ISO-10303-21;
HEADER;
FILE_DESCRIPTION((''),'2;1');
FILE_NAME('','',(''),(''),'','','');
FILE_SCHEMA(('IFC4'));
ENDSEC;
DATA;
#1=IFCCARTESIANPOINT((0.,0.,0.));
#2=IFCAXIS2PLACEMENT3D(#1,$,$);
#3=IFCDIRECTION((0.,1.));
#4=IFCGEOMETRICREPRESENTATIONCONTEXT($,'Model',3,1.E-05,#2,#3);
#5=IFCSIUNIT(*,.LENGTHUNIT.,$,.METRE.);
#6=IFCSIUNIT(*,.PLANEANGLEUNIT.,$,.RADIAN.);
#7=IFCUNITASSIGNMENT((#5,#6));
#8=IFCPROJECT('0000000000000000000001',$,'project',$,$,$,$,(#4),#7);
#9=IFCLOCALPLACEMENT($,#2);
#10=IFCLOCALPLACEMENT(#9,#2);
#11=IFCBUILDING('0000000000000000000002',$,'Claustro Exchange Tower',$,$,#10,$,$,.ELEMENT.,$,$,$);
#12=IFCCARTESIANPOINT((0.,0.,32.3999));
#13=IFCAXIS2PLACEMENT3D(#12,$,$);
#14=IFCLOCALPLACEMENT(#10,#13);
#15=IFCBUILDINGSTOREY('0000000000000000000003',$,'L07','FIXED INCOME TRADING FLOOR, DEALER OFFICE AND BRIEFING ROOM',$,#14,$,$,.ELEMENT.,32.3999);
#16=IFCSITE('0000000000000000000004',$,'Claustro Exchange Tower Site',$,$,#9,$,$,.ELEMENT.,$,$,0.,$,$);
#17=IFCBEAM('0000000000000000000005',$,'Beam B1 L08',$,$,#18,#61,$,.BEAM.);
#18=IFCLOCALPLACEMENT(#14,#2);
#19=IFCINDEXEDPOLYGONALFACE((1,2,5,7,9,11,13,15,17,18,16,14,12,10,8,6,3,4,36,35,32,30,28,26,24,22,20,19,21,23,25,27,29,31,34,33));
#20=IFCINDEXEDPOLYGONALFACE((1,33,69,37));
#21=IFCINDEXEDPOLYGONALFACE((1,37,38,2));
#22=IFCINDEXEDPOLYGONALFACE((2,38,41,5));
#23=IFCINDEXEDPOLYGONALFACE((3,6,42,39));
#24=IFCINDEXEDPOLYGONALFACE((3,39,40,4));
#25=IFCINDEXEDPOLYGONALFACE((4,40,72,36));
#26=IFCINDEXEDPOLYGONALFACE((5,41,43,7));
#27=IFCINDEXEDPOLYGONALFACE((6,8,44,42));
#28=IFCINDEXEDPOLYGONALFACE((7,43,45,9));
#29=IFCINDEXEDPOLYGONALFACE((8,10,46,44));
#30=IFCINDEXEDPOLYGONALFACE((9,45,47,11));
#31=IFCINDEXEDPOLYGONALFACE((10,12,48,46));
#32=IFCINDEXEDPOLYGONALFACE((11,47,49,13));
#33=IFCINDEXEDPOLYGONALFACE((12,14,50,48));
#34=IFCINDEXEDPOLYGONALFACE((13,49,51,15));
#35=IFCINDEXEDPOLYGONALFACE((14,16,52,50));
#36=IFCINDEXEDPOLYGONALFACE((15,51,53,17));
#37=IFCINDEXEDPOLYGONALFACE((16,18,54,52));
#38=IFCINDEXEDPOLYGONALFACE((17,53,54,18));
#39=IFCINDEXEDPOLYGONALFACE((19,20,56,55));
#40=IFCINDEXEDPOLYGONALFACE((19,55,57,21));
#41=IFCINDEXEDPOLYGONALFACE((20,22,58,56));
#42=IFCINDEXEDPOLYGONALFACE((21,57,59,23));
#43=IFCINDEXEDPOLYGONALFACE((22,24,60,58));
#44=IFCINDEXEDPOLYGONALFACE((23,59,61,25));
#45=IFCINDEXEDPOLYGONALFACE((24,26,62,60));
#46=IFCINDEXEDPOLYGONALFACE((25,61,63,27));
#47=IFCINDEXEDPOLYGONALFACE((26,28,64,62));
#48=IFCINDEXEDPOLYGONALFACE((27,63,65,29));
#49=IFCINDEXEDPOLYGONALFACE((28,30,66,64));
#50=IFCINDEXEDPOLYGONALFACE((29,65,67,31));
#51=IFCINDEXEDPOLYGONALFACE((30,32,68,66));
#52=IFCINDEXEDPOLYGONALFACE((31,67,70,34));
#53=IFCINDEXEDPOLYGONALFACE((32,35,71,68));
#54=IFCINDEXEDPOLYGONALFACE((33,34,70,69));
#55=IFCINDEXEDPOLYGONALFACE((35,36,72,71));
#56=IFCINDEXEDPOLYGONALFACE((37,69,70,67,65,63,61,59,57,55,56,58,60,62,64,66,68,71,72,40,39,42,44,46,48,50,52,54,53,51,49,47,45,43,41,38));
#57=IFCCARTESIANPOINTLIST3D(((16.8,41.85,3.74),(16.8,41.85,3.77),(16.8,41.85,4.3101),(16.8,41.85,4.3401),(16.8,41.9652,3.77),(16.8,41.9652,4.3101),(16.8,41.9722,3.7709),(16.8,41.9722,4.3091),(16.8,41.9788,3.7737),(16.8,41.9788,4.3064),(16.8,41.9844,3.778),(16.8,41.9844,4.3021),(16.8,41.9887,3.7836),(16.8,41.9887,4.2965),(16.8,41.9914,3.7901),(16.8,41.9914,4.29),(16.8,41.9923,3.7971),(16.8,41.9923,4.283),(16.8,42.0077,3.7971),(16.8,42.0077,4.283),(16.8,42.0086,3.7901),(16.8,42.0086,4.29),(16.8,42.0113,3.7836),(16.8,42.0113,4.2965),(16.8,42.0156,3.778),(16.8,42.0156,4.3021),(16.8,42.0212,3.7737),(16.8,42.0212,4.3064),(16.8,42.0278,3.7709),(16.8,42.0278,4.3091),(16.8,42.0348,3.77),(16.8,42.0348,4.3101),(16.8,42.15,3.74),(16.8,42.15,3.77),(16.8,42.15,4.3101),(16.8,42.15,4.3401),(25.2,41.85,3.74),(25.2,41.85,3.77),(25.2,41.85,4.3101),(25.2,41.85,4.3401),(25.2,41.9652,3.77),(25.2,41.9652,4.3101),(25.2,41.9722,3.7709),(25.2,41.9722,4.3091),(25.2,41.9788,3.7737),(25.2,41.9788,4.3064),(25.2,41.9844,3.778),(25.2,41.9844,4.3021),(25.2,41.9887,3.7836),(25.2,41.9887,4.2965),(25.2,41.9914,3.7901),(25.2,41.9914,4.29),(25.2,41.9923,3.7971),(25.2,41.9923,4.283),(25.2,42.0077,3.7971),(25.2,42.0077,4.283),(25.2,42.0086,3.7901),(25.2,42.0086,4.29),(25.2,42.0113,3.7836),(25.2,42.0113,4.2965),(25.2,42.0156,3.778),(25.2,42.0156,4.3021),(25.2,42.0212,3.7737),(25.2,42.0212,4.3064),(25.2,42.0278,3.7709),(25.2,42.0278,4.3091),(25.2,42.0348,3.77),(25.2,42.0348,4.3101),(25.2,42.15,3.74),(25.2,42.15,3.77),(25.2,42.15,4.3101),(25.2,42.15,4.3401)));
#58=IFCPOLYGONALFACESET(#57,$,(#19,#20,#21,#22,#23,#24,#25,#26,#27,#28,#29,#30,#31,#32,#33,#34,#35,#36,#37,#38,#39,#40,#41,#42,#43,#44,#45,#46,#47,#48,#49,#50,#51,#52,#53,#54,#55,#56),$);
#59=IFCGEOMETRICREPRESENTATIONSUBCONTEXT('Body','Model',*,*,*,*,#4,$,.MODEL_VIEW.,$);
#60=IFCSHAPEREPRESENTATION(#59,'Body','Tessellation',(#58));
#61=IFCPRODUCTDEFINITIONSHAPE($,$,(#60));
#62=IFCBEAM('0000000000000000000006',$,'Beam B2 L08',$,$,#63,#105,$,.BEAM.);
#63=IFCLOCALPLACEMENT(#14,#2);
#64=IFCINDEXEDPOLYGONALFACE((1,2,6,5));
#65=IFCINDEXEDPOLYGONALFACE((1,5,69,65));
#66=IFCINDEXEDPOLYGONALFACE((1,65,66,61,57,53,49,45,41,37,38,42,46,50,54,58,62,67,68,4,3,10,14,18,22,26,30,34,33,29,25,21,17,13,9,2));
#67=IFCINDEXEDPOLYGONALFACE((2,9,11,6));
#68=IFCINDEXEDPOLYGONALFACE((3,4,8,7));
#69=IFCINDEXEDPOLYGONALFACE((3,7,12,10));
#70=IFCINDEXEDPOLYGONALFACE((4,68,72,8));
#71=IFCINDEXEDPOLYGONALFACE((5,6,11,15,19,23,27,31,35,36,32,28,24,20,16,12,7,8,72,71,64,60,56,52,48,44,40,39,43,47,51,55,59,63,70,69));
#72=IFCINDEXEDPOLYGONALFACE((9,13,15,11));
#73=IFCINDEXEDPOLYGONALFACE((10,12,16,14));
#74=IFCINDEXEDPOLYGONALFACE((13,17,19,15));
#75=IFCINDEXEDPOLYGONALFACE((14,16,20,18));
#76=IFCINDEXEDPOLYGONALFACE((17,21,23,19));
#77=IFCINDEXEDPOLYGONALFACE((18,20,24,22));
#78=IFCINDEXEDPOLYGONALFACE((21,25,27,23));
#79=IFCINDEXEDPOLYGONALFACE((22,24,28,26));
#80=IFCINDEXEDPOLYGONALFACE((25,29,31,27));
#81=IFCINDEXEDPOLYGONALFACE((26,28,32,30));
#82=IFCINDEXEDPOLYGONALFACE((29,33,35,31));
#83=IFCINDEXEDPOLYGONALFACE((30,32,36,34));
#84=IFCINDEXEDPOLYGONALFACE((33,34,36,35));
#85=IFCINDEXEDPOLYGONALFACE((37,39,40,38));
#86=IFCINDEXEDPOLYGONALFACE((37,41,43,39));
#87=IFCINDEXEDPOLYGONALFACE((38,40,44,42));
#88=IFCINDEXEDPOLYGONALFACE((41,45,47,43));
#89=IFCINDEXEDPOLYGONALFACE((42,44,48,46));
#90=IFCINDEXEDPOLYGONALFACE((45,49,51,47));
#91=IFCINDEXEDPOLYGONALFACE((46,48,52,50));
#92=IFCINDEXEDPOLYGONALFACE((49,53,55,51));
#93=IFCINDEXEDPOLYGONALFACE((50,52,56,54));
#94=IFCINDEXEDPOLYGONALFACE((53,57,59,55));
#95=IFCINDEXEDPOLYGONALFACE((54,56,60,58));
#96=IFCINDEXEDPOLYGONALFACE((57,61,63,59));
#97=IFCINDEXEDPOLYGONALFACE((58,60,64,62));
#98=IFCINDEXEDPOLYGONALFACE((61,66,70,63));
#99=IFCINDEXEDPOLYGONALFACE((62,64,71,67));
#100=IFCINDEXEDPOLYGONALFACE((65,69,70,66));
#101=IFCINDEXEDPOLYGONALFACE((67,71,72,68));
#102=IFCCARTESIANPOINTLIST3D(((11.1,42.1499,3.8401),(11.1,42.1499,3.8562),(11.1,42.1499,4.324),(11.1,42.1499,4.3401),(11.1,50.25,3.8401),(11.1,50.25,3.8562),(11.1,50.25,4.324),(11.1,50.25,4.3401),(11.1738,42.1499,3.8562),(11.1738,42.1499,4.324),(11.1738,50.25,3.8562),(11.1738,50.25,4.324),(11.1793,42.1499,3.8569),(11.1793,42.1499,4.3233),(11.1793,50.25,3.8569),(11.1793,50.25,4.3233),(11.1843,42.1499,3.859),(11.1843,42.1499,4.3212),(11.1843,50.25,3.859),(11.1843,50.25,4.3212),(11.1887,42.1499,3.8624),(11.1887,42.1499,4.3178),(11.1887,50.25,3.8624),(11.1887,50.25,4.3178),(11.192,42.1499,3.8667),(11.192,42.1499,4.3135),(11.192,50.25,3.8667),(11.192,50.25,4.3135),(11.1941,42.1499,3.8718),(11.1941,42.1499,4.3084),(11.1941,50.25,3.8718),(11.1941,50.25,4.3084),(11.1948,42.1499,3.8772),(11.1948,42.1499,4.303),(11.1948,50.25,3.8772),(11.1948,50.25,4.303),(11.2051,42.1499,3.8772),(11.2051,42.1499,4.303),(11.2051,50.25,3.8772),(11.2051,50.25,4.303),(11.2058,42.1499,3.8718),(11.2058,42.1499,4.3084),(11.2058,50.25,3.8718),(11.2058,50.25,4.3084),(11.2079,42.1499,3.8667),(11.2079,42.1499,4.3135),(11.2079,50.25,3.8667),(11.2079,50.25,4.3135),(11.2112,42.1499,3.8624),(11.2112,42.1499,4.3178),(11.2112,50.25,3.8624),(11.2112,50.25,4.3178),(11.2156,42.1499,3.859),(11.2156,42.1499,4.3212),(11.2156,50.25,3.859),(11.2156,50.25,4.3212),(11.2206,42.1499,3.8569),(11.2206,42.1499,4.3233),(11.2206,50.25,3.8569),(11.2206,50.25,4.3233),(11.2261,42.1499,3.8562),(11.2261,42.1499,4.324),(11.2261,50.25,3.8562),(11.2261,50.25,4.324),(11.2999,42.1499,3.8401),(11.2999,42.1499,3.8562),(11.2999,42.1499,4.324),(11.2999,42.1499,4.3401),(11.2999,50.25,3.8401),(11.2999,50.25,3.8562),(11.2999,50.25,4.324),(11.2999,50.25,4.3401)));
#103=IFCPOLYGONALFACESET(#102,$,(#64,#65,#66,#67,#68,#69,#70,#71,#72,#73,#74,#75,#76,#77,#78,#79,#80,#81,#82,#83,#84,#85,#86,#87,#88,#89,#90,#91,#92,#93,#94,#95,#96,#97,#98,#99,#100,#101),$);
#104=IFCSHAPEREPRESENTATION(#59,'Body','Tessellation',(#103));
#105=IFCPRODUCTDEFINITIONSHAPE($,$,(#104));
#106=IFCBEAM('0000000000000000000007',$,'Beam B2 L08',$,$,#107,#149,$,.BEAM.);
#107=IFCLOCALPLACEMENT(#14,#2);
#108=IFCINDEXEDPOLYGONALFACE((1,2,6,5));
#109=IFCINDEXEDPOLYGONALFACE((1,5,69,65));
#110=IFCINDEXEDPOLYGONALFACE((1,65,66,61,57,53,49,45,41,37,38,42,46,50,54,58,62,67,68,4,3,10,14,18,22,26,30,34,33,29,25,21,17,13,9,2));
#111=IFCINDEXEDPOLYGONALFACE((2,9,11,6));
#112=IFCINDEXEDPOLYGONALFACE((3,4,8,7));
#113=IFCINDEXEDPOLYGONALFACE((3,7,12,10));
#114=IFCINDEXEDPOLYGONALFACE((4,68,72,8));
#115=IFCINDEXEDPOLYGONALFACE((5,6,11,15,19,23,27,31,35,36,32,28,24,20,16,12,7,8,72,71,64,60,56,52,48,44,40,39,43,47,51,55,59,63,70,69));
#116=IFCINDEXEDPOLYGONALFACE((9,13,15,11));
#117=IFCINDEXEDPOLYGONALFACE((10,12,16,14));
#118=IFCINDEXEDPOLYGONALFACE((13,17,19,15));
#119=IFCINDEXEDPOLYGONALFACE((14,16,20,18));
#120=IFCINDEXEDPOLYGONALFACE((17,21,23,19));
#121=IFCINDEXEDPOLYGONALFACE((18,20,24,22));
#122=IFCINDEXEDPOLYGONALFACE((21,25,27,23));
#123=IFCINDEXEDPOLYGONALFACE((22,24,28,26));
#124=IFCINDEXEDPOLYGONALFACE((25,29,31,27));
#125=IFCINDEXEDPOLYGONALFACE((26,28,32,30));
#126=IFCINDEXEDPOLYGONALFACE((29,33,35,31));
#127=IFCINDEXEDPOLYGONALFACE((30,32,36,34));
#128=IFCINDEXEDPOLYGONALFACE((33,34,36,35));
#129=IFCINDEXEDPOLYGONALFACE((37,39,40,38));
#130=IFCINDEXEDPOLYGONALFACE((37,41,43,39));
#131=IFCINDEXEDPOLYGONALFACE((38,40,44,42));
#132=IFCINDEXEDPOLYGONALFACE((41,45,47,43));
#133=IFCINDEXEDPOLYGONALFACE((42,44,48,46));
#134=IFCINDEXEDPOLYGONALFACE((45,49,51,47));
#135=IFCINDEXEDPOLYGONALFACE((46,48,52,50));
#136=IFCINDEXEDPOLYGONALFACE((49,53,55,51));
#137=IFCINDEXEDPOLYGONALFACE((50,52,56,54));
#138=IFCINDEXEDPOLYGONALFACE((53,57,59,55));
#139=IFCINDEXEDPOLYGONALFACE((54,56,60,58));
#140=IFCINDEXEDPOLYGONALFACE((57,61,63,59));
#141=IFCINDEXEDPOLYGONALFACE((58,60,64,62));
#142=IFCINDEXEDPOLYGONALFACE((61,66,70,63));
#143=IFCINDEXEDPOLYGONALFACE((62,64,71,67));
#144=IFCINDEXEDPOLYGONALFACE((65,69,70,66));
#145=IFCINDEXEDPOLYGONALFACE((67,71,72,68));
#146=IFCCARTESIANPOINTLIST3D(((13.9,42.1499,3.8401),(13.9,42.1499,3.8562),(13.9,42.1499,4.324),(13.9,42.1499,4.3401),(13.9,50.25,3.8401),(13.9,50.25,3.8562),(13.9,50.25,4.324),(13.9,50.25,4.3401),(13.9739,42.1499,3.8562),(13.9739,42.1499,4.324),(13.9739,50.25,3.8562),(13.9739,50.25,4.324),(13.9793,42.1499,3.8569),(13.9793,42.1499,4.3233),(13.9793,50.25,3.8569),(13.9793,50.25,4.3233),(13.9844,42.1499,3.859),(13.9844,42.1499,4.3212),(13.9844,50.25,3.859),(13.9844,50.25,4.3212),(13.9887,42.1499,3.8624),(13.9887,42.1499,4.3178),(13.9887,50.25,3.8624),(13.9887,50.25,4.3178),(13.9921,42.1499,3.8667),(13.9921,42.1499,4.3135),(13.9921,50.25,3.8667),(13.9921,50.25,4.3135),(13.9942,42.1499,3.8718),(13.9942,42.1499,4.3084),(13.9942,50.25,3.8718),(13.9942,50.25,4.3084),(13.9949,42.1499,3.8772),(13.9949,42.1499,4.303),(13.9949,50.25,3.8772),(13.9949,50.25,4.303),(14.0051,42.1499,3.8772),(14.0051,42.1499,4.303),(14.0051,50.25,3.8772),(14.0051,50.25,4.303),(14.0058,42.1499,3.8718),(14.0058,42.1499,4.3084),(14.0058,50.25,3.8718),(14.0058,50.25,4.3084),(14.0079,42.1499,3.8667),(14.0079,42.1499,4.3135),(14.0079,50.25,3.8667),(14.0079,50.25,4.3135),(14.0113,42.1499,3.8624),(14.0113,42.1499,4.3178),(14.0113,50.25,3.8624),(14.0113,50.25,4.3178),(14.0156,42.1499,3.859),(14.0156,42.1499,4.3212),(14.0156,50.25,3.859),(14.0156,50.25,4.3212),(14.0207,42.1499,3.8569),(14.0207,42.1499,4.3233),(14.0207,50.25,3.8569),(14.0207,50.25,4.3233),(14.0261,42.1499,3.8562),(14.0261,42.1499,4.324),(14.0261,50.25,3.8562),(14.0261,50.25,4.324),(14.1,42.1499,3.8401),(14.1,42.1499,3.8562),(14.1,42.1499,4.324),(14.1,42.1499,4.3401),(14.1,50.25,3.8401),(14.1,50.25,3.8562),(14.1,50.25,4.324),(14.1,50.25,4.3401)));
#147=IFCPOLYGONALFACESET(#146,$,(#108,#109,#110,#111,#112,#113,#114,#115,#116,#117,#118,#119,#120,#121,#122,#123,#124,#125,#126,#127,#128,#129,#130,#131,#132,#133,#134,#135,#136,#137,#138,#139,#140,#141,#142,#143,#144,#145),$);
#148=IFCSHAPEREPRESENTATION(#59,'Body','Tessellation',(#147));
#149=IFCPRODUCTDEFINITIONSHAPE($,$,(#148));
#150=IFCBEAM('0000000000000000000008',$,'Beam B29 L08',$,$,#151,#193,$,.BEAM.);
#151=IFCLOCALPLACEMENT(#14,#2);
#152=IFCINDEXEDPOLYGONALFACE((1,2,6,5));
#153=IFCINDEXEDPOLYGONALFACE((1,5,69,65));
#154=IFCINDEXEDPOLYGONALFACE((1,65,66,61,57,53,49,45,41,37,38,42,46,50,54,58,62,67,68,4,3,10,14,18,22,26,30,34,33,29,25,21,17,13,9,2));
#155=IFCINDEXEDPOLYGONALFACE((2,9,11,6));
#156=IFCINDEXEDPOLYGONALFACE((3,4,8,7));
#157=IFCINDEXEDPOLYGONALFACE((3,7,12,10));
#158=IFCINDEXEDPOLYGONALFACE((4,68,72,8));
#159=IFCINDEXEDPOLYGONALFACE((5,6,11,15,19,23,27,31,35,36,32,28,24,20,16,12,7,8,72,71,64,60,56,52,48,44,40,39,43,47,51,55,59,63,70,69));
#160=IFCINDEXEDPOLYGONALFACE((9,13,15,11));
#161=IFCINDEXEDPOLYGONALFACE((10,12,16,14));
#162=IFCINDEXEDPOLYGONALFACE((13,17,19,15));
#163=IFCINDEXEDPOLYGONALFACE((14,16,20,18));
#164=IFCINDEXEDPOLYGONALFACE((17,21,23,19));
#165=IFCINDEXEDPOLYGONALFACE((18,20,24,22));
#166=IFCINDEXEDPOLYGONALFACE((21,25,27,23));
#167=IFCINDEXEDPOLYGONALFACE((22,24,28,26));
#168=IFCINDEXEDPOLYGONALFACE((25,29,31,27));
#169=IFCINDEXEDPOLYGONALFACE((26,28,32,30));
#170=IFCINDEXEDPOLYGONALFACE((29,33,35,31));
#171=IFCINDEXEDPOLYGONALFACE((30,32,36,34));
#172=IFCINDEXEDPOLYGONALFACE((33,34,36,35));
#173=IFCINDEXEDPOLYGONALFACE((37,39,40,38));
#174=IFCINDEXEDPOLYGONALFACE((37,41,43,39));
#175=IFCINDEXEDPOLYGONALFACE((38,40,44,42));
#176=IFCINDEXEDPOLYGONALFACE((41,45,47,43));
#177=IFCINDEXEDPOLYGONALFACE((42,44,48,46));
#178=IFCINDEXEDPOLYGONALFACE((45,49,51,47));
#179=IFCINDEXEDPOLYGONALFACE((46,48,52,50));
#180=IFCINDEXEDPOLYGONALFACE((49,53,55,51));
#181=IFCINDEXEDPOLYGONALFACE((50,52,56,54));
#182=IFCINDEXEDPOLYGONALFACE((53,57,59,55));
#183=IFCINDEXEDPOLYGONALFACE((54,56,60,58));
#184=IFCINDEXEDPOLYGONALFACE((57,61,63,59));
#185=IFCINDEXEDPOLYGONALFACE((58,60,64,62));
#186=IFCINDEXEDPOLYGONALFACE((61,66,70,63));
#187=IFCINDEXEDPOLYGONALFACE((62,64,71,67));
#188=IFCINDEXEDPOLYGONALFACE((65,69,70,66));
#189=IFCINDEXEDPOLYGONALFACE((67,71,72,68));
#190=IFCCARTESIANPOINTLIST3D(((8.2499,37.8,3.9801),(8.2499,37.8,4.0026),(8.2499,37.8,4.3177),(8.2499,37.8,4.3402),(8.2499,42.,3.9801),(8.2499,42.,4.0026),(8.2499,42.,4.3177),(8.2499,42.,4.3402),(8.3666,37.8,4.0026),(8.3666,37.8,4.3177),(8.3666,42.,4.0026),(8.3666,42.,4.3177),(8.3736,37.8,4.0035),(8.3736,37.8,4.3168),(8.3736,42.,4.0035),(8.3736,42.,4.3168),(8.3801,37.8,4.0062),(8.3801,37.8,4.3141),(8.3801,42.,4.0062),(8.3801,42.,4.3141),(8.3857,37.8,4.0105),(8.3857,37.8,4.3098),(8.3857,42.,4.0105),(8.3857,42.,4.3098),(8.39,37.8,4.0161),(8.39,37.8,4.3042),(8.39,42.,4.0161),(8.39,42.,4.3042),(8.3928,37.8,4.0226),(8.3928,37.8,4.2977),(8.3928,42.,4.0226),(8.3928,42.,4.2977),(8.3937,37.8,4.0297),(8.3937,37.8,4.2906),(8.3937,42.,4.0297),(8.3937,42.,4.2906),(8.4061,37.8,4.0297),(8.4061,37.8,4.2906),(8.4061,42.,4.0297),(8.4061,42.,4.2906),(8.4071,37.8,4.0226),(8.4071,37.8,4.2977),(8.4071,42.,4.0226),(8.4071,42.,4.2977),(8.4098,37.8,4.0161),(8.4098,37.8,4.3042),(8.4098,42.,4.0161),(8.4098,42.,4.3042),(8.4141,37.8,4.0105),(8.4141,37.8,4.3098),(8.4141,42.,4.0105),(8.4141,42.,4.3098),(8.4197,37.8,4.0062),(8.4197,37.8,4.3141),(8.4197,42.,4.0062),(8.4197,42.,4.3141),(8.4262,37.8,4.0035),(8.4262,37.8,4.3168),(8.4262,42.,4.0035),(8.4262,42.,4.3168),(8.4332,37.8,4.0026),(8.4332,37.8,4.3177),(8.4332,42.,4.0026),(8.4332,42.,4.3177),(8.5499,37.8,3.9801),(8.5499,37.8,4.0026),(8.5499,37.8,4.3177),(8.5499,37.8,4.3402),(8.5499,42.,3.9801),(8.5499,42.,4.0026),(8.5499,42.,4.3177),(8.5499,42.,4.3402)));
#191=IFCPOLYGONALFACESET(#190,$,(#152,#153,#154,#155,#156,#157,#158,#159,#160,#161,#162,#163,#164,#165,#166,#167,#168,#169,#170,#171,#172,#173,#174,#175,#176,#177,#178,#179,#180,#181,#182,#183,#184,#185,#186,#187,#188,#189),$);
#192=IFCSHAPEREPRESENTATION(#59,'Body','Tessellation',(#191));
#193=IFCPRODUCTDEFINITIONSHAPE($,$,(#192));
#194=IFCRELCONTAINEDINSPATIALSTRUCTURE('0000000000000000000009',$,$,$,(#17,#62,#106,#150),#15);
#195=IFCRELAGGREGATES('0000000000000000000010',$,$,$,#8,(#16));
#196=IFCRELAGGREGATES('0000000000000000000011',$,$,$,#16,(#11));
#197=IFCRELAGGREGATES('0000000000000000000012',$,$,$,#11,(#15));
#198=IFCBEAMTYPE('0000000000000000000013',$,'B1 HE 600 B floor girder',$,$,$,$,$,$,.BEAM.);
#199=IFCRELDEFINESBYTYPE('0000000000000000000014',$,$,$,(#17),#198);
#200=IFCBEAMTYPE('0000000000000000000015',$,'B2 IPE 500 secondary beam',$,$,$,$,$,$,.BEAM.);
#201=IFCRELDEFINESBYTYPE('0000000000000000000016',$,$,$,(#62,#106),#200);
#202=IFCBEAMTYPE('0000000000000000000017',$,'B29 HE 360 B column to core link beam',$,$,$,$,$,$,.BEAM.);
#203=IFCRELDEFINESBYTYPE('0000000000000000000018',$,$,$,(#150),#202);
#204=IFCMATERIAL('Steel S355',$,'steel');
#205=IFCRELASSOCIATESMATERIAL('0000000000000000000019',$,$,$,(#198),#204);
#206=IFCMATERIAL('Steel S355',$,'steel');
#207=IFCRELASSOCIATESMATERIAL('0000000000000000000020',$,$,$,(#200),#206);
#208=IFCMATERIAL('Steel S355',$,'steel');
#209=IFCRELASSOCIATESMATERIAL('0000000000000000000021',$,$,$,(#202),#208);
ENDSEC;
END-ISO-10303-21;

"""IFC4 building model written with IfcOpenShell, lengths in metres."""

from ifc_helpers import new_model, si_unit, direction, frame, origin, origin_2d, place, context, subcontext, project, spatial, i_section, extrude, material, material_profile, profile_set, type_object, element, save


model = new_model("IFC4")

# Units and contexts
model_context = context("Model", 3, precision=1e-05, world=origin(), true_north=direction((0.0, 1.0)))
body_context = subcontext(model_context, "Body", "Model", "MODEL_VIEW")
ifc_project = project(units=[si_unit("LENGTHUNIT", "METRE"), si_unit("PLANEANGLEUNIT", "RADIAN")], contexts=[model_context])

# Site, building, storey
site_placement = place(None, origin())
site = spatial("IfcSite", under=ifc_project, at=site_placement, Name="Claustro Exchange Tower Site", CompositionType="ELEMENT", RefElevation=0.0)
building_placement = place(site_placement, origin())
building = spatial("IfcBuilding", under=site, at=building_placement, Name="Claustro Exchange Tower", CompositionType="ELEMENT")
storey_placement = place(building_placement, frame((0.0, 0.0, 32.3999)))
storey = spatial("IfcBuildingStorey", under=building, at=storey_placement, Name="L07", Description="FIXED INCOME TRADING FLOOR, DEALER OFFICE AND BRIEFING ROOM", CompositionType="ELEMENT", Elevation=32.3999)

# Beams
ifc_material_1 = material(Name="Steel S355", Category="steel")
ifc_material_profile_1 = material_profile(ifc_material_1, i_section(OverallWidth=0.3, OverallDepth=0.6001, WebThickness=0.0154, FlangeThickness=0.03, FilletRadius=0.0271, at=origin_2d()), Name="HE 600 B")
ifc_profile_set_1 = profile_set([ifc_material_profile_1], Name="Steel S355")
beam_type_1 = type_object("IfcBeamType", Name="B1 HE 600 B floor girder", PredefinedType="BEAM", material=ifc_profile_set_1)
beam_1_placement = place(storey_placement, frame((16.8, 42.0, 4.04), z_axis=(1.0, 0.0, 0.0), x_axis=(0.0, 1.0, 0.0)))
element("IfcBeam", 1, at=beam_1_placement, inside=storey, type_object=beam_type_1, Name="Beam B1 L08", PredefinedType="BEAM", context=body_context, shape_type="SweptSolid", body=[
    extrude(i_section(OverallWidth=0.3, OverallDepth=0.6001, WebThickness=0.0154, FlangeThickness=0.03, FilletRadius=0.0271, at=origin_2d()), origin(), (0.0, 0.0, 1.0), 8.3999),
])
ifc_material_2 = material(Name="Steel S355", Category="steel")
ifc_material_profile_2 = material_profile(ifc_material_2, i_section(OverallWidth=0.2, OverallDepth=0.5, WebThickness=0.0103, FlangeThickness=0.0161, FilletRadius=0.021, at=origin_2d()), Name="IPE 500")
ifc_profile_set_2 = profile_set([ifc_material_profile_2], Name="Steel S355")
beam_type_2 = type_object("IfcBeamType", Name="B2 IPE 500 secondary beam", PredefinedType="BEAM", material=ifc_profile_set_2)
for number, where, z_axis, x_axis, name in (
    (2, (11.2, 42.1499, 4.0901), (0.0, 1.0, 0.0), (-1.0, 0.0, 0.0), "Beam B2 L08"),
    (3, (14.0, 42.1499, 4.0901), (0.0, 1.0, 0.0), (-1.0, 0.0, 0.0), "Beam B2 L08"),
):
    element("IfcBeam", number, at=place(storey_placement, frame(where, z_axis=z_axis, x_axis=x_axis)), inside=storey, type_object=beam_type_2, Name=name, PredefinedType="BEAM", context=body_context, shape_type="SweptSolid", body=[
        extrude(i_section(OverallWidth=0.2, OverallDepth=0.5, WebThickness=0.0103, FlangeThickness=0.0161, FilletRadius=0.021, at=origin_2d()), origin(), (0.0, 0.0, 1.0), 8.1001),
    ])
ifc_material_3 = material(Name="Steel S355", Category="steel")
ifc_material_profile_3 = material_profile(ifc_material_3, i_section(OverallWidth=0.3, OverallDepth=0.3601, WebThickness=0.0125, FlangeThickness=0.0225, FilletRadius=0.0271, at=origin_2d()), Name="HE 360 B")
ifc_profile_set_3 = profile_set([ifc_material_profile_3], Name="Steel S355")
beam_type_3 = type_object("IfcBeamType", Name="B29 HE 360 B column to core link beam", PredefinedType="BEAM", material=ifc_profile_set_3)
for number, where, z_axis, x_axis, name in (
    (4, (8.3999, 37.8, 4.1602), (0.0, 1.0, 0.0), (-1.0, 0.0, 0.0), "Beam B29 L08"),
):
    element("IfcBeam", number, at=place(storey_placement, frame(where, z_axis=z_axis, x_axis=x_axis)), inside=storey, type_object=beam_type_3, Name=name, PredefinedType="BEAM", context=body_context, shape_type="SweptSolid", body=[
        extrude(i_section(OverallWidth=0.3, OverallDepth=0.3601, WebThickness=0.0125, FlangeThickness=0.0225, FilletRadius=0.0271, at=origin_2d()), origin(), (0.0, 0.0, 1.0), 4.2),
    ])

save(model, "model.ifc")
